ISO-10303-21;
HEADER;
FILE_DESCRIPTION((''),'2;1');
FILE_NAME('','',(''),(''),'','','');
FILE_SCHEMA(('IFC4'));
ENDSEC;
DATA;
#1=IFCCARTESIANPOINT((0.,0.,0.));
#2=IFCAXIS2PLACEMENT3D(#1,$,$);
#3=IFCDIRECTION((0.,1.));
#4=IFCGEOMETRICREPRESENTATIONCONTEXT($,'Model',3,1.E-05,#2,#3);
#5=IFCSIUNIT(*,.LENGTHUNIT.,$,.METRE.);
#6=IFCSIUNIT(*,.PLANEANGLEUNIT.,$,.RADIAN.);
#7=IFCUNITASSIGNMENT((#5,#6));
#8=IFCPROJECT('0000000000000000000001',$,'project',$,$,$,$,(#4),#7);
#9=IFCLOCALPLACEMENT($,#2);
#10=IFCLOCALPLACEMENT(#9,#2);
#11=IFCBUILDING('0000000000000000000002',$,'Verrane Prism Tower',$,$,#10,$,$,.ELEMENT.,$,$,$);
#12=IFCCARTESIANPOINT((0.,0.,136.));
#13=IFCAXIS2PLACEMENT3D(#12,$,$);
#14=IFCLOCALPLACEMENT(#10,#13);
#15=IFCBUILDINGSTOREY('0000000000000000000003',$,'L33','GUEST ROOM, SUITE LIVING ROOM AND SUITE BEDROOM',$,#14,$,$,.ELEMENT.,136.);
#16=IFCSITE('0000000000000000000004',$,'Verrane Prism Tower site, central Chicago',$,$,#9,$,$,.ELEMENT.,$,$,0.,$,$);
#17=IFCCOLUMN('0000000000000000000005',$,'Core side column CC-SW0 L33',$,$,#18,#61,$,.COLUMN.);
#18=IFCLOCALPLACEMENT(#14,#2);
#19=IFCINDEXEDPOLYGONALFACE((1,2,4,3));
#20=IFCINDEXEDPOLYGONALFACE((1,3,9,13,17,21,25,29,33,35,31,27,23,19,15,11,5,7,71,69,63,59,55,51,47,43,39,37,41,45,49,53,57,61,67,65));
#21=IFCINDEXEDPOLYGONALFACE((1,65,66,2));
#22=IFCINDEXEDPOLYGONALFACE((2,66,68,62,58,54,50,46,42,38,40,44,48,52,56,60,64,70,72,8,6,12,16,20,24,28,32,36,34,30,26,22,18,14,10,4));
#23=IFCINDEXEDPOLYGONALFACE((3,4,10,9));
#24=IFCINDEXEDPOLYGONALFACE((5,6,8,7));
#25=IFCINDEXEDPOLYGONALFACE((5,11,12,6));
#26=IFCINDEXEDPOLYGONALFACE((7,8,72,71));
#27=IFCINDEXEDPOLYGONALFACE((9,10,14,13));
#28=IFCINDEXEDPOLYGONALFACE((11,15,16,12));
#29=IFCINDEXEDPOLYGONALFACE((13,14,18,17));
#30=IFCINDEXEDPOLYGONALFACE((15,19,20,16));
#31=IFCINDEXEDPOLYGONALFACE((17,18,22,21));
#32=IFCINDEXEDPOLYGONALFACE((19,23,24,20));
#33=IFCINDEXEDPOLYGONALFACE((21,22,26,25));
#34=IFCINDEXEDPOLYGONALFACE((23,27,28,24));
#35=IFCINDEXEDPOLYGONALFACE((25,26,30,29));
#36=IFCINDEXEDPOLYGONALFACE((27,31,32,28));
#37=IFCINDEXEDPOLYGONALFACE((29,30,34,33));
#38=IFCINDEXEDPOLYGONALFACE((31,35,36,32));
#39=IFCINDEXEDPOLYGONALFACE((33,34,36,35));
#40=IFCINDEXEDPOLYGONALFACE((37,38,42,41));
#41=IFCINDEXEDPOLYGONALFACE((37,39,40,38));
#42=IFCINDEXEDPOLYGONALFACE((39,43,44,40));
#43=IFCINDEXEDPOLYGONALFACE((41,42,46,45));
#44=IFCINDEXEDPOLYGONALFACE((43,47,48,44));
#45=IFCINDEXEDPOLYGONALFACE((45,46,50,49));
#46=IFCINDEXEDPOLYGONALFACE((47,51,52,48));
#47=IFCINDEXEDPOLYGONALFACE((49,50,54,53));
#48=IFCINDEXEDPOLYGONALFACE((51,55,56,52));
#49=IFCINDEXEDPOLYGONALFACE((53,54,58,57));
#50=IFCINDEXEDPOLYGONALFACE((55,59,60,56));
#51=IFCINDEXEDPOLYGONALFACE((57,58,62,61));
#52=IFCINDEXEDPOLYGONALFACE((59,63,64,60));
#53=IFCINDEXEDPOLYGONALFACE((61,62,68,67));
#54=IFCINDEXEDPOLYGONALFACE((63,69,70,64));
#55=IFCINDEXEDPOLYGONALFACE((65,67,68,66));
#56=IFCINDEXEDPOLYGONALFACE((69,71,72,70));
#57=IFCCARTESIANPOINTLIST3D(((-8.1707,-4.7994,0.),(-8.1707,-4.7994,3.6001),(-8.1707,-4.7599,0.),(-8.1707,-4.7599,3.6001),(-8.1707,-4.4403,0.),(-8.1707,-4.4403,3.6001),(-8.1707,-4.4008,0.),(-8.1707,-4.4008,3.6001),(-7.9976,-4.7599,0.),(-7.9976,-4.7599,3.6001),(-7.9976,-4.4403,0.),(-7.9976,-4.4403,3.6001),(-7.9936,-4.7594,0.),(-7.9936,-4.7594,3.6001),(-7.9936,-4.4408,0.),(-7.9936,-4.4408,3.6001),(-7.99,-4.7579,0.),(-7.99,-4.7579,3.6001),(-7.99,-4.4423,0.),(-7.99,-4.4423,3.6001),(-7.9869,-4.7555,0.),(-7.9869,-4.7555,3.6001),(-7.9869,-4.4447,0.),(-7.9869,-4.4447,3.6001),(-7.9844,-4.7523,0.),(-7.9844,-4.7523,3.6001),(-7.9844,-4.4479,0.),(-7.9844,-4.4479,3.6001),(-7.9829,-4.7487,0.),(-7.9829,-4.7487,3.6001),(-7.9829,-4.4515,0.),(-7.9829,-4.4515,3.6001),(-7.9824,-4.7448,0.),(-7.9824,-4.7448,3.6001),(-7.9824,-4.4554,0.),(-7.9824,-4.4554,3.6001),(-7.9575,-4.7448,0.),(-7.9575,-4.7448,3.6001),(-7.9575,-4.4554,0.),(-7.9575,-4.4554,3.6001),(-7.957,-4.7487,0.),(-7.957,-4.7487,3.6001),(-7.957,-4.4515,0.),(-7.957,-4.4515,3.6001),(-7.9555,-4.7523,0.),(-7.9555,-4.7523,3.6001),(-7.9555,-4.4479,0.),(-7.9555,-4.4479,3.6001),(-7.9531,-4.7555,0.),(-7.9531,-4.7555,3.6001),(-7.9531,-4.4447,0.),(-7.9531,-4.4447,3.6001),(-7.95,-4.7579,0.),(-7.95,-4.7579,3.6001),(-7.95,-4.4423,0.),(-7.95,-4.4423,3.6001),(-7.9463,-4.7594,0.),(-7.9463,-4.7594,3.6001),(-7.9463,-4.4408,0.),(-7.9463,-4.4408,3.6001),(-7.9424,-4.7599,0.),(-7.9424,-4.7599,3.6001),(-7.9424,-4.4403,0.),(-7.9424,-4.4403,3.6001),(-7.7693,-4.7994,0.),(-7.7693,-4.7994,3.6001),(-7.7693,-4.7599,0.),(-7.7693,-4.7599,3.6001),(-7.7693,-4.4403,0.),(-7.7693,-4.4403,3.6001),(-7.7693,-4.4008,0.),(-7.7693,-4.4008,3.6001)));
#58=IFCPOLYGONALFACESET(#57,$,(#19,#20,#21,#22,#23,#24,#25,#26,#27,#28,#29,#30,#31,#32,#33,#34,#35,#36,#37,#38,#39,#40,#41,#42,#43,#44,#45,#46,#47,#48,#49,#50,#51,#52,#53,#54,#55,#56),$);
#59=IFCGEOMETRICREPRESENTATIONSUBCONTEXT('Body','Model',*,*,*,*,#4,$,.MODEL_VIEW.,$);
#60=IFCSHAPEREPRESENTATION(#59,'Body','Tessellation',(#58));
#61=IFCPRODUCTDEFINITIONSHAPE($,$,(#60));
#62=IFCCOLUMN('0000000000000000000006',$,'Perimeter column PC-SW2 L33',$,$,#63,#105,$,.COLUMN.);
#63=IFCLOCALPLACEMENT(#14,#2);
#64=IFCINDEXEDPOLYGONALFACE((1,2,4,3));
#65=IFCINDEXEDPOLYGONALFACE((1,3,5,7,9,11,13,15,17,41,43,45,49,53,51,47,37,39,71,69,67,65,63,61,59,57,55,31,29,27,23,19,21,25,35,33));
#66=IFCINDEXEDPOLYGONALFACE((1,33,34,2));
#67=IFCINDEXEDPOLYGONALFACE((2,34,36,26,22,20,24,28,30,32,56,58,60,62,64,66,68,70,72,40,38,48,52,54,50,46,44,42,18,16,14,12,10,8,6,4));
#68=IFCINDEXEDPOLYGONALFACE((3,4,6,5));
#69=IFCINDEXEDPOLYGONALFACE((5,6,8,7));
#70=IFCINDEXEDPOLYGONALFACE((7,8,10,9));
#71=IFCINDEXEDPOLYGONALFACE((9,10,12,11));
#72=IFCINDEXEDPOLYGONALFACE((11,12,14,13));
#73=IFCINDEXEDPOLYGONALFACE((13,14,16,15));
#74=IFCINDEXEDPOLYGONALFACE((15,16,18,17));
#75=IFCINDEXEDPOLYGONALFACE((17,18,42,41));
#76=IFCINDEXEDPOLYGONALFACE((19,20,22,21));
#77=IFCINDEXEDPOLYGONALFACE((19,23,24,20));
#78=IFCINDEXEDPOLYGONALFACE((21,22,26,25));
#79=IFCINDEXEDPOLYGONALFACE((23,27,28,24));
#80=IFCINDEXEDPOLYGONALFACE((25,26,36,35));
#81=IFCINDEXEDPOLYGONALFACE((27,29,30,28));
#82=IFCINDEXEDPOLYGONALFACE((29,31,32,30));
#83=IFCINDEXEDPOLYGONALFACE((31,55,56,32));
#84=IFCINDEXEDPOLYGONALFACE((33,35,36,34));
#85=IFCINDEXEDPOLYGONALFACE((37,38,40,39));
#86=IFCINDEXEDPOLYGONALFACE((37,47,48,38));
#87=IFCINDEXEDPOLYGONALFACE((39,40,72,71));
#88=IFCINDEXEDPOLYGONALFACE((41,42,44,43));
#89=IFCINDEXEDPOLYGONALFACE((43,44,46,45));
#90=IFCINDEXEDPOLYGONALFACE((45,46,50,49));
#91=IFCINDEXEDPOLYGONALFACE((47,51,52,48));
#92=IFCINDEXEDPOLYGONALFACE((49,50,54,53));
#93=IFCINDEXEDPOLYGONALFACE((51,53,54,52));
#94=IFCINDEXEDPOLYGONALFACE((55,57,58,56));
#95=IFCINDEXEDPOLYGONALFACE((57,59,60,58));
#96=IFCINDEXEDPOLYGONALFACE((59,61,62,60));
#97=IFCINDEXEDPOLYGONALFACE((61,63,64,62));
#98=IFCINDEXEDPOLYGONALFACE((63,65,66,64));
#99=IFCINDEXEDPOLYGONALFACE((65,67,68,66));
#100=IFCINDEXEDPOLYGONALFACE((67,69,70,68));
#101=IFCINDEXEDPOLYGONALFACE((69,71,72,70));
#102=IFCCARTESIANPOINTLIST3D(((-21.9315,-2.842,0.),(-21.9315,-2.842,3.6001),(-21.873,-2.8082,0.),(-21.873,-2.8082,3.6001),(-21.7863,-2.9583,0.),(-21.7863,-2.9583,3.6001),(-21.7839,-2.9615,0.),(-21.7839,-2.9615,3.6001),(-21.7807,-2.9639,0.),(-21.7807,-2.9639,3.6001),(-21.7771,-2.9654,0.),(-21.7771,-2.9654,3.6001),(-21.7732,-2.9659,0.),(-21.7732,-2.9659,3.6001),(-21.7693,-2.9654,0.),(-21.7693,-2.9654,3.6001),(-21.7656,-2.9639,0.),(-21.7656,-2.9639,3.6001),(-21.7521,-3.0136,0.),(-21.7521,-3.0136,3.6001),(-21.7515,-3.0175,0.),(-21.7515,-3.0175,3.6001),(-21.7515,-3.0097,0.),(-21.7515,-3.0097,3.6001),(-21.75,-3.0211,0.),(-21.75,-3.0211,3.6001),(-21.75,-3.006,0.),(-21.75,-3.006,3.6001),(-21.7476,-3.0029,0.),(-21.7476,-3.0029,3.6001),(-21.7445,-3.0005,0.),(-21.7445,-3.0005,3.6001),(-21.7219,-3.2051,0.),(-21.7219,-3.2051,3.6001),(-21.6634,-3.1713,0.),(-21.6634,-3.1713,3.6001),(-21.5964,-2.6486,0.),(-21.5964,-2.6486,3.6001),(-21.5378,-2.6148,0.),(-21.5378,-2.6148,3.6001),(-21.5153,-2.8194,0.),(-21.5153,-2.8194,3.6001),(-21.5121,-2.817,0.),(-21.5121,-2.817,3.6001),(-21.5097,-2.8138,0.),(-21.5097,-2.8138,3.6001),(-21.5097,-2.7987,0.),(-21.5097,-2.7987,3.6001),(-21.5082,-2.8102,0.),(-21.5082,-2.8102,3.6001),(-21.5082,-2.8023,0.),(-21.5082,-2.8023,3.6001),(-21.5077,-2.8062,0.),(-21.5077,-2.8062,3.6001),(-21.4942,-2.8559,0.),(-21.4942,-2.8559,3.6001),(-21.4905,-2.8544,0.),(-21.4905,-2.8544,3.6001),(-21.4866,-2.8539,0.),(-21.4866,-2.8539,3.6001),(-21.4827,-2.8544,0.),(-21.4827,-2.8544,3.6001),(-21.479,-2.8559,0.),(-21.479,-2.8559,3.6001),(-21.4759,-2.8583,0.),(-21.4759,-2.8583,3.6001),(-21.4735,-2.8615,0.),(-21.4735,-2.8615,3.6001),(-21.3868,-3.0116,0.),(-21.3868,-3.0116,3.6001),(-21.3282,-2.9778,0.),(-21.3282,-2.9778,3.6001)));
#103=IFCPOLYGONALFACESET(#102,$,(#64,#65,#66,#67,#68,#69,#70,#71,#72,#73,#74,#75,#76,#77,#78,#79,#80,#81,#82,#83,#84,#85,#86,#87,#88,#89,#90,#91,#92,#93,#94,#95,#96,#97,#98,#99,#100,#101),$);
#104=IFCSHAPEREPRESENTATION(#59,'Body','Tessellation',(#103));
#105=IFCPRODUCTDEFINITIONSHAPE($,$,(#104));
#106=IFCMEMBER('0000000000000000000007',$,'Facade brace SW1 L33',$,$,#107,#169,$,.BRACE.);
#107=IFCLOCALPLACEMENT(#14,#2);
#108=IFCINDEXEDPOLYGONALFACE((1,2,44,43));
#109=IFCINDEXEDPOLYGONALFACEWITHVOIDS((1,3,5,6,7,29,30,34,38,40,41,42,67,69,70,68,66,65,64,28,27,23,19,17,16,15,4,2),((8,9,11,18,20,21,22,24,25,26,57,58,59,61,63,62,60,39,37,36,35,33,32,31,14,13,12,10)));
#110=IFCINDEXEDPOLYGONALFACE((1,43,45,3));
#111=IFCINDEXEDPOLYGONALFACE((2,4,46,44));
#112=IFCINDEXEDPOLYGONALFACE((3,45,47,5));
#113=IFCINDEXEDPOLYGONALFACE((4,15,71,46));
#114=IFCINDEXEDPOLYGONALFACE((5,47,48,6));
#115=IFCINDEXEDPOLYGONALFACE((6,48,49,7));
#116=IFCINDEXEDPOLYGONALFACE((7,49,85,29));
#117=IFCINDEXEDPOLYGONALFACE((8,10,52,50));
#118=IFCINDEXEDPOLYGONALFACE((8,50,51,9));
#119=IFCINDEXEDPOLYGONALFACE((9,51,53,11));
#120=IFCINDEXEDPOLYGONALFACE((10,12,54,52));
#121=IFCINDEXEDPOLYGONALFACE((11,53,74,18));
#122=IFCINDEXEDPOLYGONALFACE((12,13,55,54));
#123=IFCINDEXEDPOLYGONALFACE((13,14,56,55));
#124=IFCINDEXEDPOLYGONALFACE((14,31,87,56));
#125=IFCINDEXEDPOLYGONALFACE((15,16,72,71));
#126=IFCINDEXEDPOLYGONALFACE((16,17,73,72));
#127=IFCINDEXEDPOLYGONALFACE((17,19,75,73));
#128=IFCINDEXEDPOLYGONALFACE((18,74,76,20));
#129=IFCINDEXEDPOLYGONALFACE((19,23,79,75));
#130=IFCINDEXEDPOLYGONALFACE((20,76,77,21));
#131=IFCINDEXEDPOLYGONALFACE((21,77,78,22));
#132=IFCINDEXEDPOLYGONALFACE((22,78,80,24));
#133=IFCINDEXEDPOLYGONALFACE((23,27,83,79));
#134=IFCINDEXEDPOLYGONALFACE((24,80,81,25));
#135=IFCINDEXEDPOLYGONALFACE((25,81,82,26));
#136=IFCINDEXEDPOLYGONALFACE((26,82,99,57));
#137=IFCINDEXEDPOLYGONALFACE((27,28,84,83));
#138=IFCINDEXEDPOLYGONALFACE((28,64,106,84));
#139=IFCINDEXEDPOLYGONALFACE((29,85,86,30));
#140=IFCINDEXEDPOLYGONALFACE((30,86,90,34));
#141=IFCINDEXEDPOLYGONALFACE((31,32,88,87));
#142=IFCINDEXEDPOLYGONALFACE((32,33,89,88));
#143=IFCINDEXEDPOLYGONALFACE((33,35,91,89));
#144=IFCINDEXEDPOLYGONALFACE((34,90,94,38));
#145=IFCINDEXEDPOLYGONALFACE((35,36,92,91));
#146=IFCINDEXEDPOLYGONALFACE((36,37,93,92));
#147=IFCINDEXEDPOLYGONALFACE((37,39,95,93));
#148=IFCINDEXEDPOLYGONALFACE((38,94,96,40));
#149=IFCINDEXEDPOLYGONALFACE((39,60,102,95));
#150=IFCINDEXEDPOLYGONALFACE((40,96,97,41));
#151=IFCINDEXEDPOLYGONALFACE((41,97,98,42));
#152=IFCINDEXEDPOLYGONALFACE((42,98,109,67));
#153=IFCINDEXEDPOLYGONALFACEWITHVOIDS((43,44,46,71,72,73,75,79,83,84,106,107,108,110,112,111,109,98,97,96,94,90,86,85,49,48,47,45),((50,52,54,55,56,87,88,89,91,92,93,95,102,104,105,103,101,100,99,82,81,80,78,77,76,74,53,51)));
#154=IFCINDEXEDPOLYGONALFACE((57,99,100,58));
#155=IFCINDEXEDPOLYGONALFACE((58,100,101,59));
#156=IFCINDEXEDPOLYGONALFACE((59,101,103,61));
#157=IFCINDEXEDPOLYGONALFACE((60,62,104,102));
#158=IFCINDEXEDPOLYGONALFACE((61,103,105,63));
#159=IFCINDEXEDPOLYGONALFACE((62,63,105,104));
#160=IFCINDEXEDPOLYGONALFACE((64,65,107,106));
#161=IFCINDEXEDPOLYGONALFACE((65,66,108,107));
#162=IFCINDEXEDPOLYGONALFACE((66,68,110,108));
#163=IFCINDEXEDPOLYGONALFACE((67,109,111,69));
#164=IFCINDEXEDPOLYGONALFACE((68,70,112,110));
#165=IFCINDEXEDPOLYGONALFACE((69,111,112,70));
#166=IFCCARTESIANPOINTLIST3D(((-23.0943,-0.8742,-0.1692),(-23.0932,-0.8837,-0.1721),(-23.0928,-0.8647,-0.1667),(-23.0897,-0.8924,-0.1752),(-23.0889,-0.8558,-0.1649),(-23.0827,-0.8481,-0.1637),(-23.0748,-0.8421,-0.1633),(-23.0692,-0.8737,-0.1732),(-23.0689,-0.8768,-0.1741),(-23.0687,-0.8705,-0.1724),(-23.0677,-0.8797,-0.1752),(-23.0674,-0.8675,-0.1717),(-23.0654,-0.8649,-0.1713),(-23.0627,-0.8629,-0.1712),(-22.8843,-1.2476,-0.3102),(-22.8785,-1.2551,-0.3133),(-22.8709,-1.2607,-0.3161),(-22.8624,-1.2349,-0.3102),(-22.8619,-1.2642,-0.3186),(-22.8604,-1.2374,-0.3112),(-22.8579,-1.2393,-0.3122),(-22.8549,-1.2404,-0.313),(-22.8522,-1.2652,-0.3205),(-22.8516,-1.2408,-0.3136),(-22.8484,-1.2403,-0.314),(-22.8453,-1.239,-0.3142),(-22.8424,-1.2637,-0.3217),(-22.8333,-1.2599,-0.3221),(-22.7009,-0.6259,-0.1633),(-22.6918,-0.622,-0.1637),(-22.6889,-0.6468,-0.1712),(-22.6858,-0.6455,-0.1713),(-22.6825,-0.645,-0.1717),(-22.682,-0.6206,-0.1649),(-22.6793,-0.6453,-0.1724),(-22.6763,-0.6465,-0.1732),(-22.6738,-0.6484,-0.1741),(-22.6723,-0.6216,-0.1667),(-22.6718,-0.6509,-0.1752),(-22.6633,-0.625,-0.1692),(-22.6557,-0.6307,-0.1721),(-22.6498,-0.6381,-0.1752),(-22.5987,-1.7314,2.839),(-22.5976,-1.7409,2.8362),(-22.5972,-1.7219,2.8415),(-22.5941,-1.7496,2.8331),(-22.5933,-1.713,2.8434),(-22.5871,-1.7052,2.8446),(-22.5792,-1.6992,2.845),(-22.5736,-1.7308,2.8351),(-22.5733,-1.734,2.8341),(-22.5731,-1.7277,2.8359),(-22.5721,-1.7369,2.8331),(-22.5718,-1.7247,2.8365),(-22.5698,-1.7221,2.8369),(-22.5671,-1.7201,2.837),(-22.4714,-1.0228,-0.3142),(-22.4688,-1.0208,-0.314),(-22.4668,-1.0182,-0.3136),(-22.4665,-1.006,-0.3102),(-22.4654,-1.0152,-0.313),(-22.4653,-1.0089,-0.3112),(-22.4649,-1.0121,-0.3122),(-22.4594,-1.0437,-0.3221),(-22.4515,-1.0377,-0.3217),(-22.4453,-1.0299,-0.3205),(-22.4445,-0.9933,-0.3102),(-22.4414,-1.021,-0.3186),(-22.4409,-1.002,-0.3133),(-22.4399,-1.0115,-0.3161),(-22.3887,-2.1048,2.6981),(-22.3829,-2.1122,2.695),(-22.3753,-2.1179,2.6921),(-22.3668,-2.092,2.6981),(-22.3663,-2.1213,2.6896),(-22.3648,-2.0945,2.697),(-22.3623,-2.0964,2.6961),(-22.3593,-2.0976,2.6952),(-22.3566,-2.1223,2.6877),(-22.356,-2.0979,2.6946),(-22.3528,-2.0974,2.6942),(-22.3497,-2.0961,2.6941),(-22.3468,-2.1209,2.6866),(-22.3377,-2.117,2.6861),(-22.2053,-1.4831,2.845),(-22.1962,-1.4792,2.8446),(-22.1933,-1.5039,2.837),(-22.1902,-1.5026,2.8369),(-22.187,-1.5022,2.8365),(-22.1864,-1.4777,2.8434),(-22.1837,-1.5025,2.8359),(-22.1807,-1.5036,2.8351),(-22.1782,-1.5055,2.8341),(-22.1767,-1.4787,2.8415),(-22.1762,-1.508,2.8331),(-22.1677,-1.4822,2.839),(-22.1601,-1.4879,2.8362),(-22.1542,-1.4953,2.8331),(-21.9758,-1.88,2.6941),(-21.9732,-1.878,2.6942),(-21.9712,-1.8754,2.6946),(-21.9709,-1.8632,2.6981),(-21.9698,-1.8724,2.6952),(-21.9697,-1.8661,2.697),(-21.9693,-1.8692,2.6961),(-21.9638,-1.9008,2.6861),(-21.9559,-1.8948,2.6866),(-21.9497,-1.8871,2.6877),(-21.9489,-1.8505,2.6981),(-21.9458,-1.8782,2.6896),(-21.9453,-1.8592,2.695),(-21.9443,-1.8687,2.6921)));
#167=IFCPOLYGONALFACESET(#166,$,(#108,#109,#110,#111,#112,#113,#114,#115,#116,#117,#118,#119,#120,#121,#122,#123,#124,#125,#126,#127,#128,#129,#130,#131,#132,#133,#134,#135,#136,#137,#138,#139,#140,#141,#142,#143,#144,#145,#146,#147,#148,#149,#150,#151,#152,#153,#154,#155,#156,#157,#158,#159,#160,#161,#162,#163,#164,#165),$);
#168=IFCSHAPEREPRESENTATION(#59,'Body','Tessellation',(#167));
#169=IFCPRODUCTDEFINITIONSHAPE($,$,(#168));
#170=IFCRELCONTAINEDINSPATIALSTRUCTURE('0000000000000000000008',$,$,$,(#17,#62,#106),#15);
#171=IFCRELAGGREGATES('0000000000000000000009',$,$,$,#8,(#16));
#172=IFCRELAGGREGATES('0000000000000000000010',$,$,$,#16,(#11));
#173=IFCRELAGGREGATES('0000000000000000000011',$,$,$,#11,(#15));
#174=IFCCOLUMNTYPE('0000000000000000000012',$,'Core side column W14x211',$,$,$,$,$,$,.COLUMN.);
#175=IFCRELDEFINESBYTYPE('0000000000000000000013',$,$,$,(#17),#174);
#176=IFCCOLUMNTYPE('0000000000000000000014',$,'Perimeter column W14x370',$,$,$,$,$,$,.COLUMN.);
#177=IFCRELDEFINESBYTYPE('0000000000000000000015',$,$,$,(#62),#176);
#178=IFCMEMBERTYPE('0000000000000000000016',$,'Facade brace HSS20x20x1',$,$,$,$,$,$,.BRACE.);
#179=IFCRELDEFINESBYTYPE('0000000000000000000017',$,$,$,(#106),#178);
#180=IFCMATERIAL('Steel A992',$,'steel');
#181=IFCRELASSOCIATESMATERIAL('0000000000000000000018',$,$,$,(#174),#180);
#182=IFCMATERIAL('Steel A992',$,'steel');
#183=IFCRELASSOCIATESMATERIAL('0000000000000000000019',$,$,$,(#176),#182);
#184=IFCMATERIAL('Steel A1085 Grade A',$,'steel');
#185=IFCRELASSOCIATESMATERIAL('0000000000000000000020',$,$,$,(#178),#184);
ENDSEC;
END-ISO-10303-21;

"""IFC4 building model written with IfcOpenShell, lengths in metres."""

from ifc_helpers import new_model, si_unit, direction, frame, origin, origin_2d, place, context, subcontext, project, spatial, hollow_rectangle, i_section, extrude, material, material_profile, profile_set, type_object, element, save


model = new_model("IFC4")

# Units and contexts
model_context = context("Model", 3, precision=1e-05, world=origin(), true_north=direction((0.0, 1.0)))
body_context = subcontext(model_context, "Body", "Model", "MODEL_VIEW")
ifc_project = project(units=[si_unit("LENGTHUNIT", "METRE"), si_unit("PLANEANGLEUNIT", "RADIAN")], contexts=[model_context])

# Site, building, storey
site_placement = place(None, origin())
site = spatial("IfcSite", under=ifc_project, at=site_placement, Name="Verrane Prism Tower site, central Chicago", CompositionType="ELEMENT", RefElevation=0.0)
building_placement = place(site_placement, origin())
building = spatial("IfcBuilding", under=site, at=building_placement, Name="Verrane Prism Tower", CompositionType="ELEMENT")
storey_placement = place(building_placement, frame((0.0, 0.0, 136.0)))
storey = spatial("IfcBuildingStorey", under=building, at=storey_placement, Name="L33", Description="GUEST ROOM, SUITE LIVING ROOM AND SUITE BEDROOM", CompositionType="ELEMENT", Elevation=136.0)

# Columns
ifc_material_1 = material(Name="Steel A992", Category="steel")
ifc_material_profile_1 = material_profile(ifc_material_1, i_section(OverallWidth=0.4014, OverallDepth=0.3987, WebThickness=0.0249, FlangeThickness=0.0396, FilletRadius=0.0151, at=origin_2d()), Name="W14x211")
ifc_profile_set_1 = profile_set([ifc_material_profile_1], Name="Steel A992")
column_type_1 = type_object("IfcColumnType", Name="Core side column W14x211", PredefinedType="COLUMN", material=ifc_profile_set_1)
column_1_placement = place(storey_placement, frame((-7.97, -4.6001, 0.0), z_axis=(0.0, 0.0, 1.0), x_axis=(1.0, 0.0, 0.0)))
element("IfcColumn", 1, at=column_1_placement, inside=storey, type_object=column_type_1, Name="Core side column CC-SW0 L33", PredefinedType="COLUMN", context=body_context, shape_type="SweptSolid", body=[
    extrude(i_section(OverallWidth=0.4014, OverallDepth=0.3987, WebThickness=0.0249, FlangeThickness=0.0396, FilletRadius=0.0151, at=origin_2d()), origin(), (0.0, 0.0, 1.0), 3.6001),
])
ifc_material_2 = material(Name="Steel A992", Category="steel")
ifc_material_profile_2 = material_profile(ifc_material_2, i_section(OverallWidth=0.4192, OverallDepth=0.4546, WebThickness=0.0422, FlangeThickness=0.0676, FilletRadius=0.0151, at=origin_2d()), Name="W14x370")
ifc_profile_set_2 = profile_set([ifc_material_profile_2], Name="Steel A992")
column_type_2 = type_object("IfcColumnType", Name="Perimeter column W14x370", PredefinedType="COLUMN", material=ifc_profile_set_2)
column_2_placement = place(storey_placement, frame((-21.6299, -2.9099, 0.0), z_axis=(0.0, 0.0, 1.0), x_axis=(-0.5, 0.866025, 0.0)))
element("IfcColumn", 2, at=column_2_placement, inside=storey, type_object=column_type_2, Name="Perimeter column PC-SW2 L33", PredefinedType="COLUMN", context=body_context, shape_type="SweptSolid", body=[
    extrude(i_section(OverallWidth=0.4192, OverallDepth=0.4546, WebThickness=0.0422, FlangeThickness=0.0676, FilletRadius=0.0151, at=origin_2d()), origin(), (0.0, 0.0, 1.0), 3.6001),
])

# Member
ifc_material_3 = material(Name="Steel A1085 Grade A", Category="steel")
ifc_material_profile_3 = material_profile(ifc_material_3, hollow_rectangle(XDim=0.5081, YDim=0.5081, WallThickness=0.0254, InnerFilletRadius=0.0127, OuterFilletRadius=0.0381, at=origin_2d()), Name="HSS20x20x1")
ifc_profile_set_3 = profile_set([ifc_material_profile_3], Name="Steel A1085 Grade A")
member_type_1 = type_object("IfcMemberType", Name="Facade brace HSS20x20x1", PredefinedType="BRACE", material=ifc_profile_set_3)
member_1_placement = place(storey_placement, frame((-22.7671, -0.9429, -0.2427), z_axis=(0.156488, -0.270654, 0.949873), x_axis=(0.865713, 0.50054, 0.0)))
element("IfcMember", 3, at=member_1_placement, inside=storey, type_object=member_type_1, Name="Facade brace SW1 L33", PredefinedType="BRACE", context=body_context, shape_type="SweptSolid", body=[
    extrude(hollow_rectangle(XDim=0.5081, YDim=0.5081, WallThickness=0.0254, InnerFilletRadius=0.0127, OuterFilletRadius=0.0381, at=origin_2d()), origin(), (0.0, 0.0, 1.0), 3.167),
])

save(model, "model.ifc")
